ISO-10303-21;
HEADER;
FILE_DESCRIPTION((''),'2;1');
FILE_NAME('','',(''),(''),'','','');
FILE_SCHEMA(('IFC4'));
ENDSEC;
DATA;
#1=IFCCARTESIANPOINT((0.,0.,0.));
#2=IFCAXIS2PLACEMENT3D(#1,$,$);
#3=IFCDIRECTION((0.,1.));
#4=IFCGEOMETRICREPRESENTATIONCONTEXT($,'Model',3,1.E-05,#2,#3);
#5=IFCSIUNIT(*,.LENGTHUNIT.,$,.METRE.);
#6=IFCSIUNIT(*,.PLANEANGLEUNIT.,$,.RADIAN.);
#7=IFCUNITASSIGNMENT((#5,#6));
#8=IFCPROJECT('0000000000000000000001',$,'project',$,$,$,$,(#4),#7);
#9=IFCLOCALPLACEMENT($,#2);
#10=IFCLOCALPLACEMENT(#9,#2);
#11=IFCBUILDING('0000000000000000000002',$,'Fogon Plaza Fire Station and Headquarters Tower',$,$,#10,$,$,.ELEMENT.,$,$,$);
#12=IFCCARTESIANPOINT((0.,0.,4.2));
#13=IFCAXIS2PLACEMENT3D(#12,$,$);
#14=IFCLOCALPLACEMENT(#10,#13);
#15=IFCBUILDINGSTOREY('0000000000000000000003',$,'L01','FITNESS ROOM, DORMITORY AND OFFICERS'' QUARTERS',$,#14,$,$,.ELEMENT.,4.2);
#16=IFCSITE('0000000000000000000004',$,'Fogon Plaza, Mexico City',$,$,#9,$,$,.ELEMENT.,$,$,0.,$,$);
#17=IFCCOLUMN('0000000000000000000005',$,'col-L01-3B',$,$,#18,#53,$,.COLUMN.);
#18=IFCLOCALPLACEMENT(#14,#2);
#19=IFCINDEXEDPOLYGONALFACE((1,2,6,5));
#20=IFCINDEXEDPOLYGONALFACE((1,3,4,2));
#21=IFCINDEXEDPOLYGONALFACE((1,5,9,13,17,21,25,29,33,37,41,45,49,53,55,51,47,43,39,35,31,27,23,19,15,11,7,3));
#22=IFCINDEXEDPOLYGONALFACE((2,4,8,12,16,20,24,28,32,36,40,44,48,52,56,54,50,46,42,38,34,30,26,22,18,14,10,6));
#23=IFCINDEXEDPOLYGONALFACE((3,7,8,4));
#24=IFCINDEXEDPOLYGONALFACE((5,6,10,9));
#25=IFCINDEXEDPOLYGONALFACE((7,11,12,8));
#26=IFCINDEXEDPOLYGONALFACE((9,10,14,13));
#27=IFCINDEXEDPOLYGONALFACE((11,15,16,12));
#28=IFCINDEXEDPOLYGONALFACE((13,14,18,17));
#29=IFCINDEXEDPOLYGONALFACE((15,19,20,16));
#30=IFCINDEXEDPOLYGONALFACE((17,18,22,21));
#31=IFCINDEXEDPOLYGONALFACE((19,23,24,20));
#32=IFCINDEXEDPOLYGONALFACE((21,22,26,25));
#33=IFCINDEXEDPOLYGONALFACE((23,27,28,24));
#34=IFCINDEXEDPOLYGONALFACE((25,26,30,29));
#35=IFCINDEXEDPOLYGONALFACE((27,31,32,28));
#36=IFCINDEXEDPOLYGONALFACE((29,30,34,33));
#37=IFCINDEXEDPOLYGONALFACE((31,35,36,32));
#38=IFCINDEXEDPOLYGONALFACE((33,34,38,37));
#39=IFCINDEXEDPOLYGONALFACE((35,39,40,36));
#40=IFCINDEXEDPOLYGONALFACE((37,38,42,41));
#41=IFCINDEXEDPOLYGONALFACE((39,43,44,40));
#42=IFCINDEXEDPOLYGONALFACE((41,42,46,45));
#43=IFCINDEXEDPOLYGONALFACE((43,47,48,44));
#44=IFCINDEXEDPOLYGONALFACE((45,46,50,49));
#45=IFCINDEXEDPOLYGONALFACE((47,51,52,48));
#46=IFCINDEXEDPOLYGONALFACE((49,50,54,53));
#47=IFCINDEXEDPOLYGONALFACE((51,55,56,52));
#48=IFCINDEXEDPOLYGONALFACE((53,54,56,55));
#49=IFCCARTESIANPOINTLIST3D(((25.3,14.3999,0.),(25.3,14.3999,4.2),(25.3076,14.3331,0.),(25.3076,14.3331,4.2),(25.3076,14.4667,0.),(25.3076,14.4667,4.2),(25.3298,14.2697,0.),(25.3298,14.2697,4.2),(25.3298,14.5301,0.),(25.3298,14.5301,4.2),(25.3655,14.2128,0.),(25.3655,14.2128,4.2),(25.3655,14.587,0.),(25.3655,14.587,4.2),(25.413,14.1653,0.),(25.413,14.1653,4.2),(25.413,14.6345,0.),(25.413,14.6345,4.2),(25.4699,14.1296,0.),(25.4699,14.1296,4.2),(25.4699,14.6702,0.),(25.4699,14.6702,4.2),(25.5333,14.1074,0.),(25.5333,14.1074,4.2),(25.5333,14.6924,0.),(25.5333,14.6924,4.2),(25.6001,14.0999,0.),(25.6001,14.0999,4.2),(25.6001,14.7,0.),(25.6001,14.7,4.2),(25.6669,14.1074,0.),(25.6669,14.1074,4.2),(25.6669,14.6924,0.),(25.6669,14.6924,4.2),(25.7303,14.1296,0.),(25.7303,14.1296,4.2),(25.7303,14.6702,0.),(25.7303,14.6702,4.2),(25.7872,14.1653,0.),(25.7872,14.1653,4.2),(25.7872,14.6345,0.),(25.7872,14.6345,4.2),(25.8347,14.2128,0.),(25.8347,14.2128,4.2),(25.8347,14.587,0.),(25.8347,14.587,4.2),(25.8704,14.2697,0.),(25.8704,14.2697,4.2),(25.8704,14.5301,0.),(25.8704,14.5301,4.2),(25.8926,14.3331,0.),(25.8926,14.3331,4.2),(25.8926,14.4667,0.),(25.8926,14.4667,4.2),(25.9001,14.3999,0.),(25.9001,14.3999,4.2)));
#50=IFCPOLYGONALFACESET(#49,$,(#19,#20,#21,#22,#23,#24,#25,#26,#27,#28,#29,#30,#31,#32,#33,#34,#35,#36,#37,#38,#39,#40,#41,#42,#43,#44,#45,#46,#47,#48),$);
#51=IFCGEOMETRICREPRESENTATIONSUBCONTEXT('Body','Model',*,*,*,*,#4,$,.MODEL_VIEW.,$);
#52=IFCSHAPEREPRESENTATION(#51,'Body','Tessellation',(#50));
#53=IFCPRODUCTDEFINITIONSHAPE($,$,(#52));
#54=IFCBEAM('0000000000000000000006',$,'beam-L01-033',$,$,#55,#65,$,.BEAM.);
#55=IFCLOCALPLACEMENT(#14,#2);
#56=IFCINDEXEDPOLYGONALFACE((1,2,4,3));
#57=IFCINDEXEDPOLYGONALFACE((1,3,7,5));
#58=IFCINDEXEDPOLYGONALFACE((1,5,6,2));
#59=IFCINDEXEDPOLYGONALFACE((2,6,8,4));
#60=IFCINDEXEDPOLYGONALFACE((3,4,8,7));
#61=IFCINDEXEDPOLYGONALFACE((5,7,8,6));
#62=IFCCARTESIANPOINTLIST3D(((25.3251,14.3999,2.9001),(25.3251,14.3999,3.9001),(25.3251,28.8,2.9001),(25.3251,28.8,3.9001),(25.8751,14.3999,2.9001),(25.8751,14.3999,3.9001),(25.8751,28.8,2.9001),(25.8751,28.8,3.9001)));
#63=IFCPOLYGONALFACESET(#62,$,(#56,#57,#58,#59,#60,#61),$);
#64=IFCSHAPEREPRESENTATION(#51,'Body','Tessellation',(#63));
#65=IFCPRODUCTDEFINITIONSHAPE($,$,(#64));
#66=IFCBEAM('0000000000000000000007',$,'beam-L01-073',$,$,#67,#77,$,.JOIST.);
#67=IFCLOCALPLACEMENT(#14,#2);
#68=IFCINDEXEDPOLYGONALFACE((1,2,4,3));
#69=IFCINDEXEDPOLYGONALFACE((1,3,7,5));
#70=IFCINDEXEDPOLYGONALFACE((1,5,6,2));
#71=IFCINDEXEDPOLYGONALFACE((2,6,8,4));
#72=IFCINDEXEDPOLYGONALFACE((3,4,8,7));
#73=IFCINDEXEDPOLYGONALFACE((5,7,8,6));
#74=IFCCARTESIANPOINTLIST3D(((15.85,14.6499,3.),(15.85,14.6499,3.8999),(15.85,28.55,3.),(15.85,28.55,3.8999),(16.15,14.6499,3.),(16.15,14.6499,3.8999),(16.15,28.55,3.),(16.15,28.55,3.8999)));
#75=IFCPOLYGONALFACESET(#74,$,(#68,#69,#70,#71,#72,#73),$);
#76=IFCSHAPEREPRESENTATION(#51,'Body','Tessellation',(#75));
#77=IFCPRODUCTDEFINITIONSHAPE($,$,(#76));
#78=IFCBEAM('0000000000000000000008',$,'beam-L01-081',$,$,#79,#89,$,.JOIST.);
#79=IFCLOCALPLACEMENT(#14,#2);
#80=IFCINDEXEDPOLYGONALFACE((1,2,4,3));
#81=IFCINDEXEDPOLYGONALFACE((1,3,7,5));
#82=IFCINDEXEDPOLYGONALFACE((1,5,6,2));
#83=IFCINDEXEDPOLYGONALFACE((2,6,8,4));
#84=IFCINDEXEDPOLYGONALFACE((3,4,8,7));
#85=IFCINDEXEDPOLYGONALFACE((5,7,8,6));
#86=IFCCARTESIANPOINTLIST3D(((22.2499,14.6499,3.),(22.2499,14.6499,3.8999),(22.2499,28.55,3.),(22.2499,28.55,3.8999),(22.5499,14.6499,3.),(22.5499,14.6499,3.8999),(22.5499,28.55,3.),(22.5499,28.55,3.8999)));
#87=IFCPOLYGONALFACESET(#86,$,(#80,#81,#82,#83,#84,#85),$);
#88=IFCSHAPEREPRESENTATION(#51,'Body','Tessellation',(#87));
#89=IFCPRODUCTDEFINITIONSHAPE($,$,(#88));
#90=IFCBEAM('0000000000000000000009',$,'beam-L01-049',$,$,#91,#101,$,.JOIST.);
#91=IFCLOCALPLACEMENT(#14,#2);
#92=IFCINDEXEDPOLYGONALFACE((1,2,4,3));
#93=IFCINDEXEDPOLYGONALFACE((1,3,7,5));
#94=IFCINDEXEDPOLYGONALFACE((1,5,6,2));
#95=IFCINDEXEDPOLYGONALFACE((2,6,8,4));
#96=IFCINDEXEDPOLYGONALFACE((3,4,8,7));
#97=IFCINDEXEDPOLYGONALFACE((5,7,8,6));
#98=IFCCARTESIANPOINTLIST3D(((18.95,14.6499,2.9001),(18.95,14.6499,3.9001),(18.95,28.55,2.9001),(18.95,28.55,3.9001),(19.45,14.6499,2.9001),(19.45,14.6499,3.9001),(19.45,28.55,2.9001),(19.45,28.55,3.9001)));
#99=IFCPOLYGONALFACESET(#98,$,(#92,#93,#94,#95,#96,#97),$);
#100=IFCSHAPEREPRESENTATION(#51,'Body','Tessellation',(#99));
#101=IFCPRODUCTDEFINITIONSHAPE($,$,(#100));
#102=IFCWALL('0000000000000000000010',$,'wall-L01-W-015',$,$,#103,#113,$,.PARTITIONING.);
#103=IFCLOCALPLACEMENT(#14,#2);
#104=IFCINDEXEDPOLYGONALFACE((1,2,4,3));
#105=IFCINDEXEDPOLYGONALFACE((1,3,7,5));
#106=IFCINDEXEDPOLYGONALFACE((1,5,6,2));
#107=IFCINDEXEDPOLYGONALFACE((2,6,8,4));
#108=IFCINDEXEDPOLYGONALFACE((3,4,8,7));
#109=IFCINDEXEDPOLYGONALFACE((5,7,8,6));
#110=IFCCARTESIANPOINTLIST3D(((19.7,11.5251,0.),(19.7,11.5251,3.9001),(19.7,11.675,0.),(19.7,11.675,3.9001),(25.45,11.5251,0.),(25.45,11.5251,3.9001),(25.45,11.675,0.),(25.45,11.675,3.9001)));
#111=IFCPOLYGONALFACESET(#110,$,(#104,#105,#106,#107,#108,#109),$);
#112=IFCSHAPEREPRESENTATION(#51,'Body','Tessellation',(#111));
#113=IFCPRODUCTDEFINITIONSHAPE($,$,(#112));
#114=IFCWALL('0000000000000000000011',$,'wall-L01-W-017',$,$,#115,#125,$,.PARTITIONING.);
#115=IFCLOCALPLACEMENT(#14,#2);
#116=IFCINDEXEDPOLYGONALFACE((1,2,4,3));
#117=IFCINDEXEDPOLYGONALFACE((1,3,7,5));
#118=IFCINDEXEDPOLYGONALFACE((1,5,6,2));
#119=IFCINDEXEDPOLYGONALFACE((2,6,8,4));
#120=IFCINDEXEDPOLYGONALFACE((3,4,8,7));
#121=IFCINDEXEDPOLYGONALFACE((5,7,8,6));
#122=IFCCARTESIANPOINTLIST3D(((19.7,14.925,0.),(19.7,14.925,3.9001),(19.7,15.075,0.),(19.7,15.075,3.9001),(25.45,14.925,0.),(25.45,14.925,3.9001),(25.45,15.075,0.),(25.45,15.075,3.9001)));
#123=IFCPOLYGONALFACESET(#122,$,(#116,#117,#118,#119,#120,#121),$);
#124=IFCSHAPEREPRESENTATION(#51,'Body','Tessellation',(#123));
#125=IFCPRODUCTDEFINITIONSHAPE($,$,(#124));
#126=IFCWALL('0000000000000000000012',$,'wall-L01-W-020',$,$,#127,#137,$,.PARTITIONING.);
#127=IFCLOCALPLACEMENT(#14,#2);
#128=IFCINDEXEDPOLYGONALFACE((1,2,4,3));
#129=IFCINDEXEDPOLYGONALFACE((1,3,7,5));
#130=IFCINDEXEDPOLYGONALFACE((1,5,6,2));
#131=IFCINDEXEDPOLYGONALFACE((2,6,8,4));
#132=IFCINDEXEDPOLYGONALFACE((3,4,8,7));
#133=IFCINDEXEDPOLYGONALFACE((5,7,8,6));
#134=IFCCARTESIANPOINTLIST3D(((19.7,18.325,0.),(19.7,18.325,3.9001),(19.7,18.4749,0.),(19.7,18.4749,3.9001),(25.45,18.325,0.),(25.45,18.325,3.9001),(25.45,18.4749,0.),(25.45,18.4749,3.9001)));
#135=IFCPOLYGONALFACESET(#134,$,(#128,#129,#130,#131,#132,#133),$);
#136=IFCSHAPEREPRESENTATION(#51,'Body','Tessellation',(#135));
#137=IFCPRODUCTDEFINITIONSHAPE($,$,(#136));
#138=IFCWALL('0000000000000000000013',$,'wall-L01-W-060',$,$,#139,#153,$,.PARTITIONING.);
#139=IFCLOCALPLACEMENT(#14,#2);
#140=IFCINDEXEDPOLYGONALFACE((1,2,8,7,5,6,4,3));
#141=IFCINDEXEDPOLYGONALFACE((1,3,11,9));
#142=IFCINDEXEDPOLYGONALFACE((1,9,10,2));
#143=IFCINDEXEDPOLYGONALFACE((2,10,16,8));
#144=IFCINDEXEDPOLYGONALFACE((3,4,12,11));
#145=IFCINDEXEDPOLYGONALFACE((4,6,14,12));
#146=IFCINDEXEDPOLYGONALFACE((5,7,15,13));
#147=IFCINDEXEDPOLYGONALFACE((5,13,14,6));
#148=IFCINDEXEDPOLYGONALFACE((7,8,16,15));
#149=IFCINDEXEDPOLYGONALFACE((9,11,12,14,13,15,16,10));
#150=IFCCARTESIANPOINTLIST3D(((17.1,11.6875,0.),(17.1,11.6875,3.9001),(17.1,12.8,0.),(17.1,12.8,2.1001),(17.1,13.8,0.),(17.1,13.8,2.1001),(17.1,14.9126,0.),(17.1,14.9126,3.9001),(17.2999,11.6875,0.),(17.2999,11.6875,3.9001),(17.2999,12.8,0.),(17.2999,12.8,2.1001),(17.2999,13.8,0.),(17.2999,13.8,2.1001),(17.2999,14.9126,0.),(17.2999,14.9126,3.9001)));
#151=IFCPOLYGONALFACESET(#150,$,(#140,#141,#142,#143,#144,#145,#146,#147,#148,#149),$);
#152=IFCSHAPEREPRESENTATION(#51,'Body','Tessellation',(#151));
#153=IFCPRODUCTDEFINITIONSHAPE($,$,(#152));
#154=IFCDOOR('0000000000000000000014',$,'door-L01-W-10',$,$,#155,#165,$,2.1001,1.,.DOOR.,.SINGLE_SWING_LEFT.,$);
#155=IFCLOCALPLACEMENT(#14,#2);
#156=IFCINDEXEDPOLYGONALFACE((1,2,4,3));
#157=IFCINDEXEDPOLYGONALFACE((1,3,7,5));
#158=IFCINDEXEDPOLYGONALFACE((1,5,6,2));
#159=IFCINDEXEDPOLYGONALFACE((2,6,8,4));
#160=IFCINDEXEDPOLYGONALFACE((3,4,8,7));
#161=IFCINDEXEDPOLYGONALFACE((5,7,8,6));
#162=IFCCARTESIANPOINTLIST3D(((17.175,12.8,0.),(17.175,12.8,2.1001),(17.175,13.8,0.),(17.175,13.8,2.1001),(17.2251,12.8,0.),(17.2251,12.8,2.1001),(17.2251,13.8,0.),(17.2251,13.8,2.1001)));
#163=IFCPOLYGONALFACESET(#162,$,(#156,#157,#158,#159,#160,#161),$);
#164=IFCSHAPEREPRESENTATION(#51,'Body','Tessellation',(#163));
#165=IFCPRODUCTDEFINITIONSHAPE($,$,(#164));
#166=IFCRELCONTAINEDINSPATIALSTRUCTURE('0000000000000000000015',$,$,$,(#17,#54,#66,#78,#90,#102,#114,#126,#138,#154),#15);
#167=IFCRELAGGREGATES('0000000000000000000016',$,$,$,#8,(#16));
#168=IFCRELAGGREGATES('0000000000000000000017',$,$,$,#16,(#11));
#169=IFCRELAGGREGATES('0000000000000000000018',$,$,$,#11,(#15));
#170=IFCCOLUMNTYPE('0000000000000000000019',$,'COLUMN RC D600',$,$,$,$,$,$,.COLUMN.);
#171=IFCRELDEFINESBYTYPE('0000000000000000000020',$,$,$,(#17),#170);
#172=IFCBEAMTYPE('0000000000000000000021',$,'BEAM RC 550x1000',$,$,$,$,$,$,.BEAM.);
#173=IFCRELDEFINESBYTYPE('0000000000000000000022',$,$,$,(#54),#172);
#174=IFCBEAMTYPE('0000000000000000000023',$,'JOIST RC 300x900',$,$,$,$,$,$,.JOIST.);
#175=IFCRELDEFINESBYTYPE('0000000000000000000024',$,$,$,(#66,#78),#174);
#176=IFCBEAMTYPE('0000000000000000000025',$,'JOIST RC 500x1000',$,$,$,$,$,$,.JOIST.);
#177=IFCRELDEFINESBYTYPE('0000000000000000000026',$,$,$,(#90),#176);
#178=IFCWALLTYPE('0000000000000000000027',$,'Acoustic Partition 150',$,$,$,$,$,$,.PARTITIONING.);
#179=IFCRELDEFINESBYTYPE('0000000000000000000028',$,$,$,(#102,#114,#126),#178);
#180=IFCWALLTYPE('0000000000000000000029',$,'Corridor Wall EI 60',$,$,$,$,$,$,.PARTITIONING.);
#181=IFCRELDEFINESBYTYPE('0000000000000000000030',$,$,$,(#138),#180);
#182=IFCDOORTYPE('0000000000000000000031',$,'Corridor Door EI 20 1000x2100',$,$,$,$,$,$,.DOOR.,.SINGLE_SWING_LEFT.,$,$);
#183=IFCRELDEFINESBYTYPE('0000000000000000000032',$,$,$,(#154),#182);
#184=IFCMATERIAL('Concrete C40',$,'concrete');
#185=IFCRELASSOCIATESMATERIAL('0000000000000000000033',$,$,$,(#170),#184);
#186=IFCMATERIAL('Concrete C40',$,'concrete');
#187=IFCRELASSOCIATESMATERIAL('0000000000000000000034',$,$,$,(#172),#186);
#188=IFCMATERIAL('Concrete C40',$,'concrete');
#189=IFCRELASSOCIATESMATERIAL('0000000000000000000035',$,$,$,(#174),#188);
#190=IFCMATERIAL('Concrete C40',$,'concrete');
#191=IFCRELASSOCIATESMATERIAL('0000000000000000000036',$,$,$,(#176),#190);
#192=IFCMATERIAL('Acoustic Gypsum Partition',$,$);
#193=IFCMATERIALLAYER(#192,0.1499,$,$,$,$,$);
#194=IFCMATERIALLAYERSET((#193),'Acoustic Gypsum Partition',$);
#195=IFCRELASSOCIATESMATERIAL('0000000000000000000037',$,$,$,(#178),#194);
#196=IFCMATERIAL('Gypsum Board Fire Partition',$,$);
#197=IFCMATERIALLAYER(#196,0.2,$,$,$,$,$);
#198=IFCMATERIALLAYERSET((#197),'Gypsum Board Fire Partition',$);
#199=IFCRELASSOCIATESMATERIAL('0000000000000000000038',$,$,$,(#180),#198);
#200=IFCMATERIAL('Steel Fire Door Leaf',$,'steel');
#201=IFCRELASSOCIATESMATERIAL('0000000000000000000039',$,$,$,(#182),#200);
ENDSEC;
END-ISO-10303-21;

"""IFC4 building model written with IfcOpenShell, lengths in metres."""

from ifc_helpers import new_model, si_unit, direction, frame, frame_2d, origin, origin_2d, place, context, subcontext, project, spatial, rectangle, circle, extrude, material, layer, layer_set, material_profile, profile_set, type_object, element, fill, save


model = new_model("IFC4")

# Units and contexts
model_context = context("Model", 3, precision=1e-05, world=origin(), true_north=direction((0.0, 1.0)))
body_context = subcontext(model_context, "Body", "Model", "MODEL_VIEW")
ifc_project = project(units=[si_unit("LENGTHUNIT", "METRE"), si_unit("PLANEANGLEUNIT", "RADIAN")], contexts=[model_context])

# Site, building, storey
site_placement = place(None, origin())
site = spatial("IfcSite", under=ifc_project, at=site_placement, Name="Fogon Plaza, Mexico City", CompositionType="ELEMENT", RefElevation=0.0)
building_placement = place(site_placement, origin())
building = spatial("IfcBuilding", under=site, at=building_placement, Name="Fogon Plaza Fire Station and Headquarters Tower", CompositionType="ELEMENT")
storey_placement = place(building_placement, frame((0.0, 0.0, 4.2)))
storey = spatial("IfcBuildingStorey", under=building, at=storey_placement, Name="L01", Description="FITNESS ROOM, DORMITORY AND OFFICERS' QUARTERS", CompositionType="ELEMENT", Elevation=4.2)

# Column
ifc_material_1 = material(Name="Concrete C40", Category="concrete")
ifc_material_profile_1 = material_profile(ifc_material_1, circle(Radius=0.3, at=origin_2d()), Name="RC D600")
ifc_profile_set_1 = profile_set([ifc_material_profile_1], Name="Concrete C40")
column_type = type_object("IfcColumnType", Name="COLUMN RC D600", PredefinedType="COLUMN", material=ifc_profile_set_1)
column_placement = place(storey_placement, frame((25.6001, 14.3999, 0.0), z_axis=(0.0, 0.0, 1.0), x_axis=(1.0, 0.0, 0.0)))
element("IfcColumn", 1, at=column_placement, inside=storey, type_object=column_type, Name="col-L01-3B", PredefinedType="COLUMN", context=body_context, shape_type="SweptSolid", body=[
    extrude(circle(Radius=0.3, at=origin_2d()), origin(), (0.0, 0.0, 1.0), 4.2),
])

# Beams
ifc_material_2 = material(Name="Concrete C40", Category="concrete")
ifc_material_profile_2 = material_profile(ifc_material_2, rectangle(XDim=0.55, YDim=1.0, at=origin_2d()), Name="RC 550x1000")
ifc_profile_set_2 = profile_set([ifc_material_profile_2], Name="Concrete C40")
beam_type_1 = type_object("IfcBeamType", Name="BEAM RC 550x1000", PredefinedType="BEAM", material=ifc_profile_set_2)
beam_1_placement = place(storey_placement, frame((25.6001, 14.3999, 3.4001), z_axis=(0.0, 1.0, 0.0), x_axis=(-1.0, 0.0, 0.0)))
element("IfcBeam", 2, at=beam_1_placement, inside=storey, type_object=beam_type_1, Name="beam-L01-033", PredefinedType="BEAM", context=body_context, shape_type="SweptSolid", body=[
    extrude(rectangle(XDim=0.55, YDim=1.0, at=origin_2d()), origin(), (0.0, 0.0, 1.0), 14.4001),
])
ifc_material_3 = material(Name="Concrete C40", Category="concrete")
ifc_material_profile_3 = material_profile(ifc_material_3, rectangle(XDim=0.3, YDim=0.8999, at=origin_2d()), Name="RC 300x900")
ifc_profile_set_3 = profile_set([ifc_material_profile_3], Name="Concrete C40")
beam_type_2 = type_object("IfcBeamType", Name="JOIST RC 300x900", PredefinedType="JOIST", material=ifc_profile_set_3)
for number, where, z_axis, x_axis, name in (
    (3, (16.0, 14.6499, 3.45), (0.0, 1.0, 0.0), (-1.0, 0.0, 0.0), "beam-L01-073"),
    (4, (22.3999, 14.6499, 3.45), (0.0, 1.0, 0.0), (-1.0, 0.0, 0.0), "beam-L01-081"),
):
    element("IfcBeam", number, at=place(storey_placement, frame(where, z_axis=z_axis, x_axis=x_axis)), inside=storey, type_object=beam_type_2, Name=name, PredefinedType="JOIST", context=body_context, shape_type="SweptSolid", body=[
        extrude(rectangle(XDim=0.3, YDim=0.8999, at=origin_2d()), origin(), (0.0, 0.0, 1.0), 13.9001),
    ])
ifc_material_4 = material(Name="Concrete C40", Category="concrete")
ifc_material_profile_4 = material_profile(ifc_material_4, rectangle(XDim=0.5, YDim=1.0, at=origin_2d()), Name="RC 500x1000")
ifc_profile_set_4 = profile_set([ifc_material_profile_4], Name="Concrete C40")
beam_type_3 = type_object("IfcBeamType", Name="JOIST RC 500x1000", PredefinedType="JOIST", material=ifc_profile_set_4)
beam_2_placement = place(storey_placement, frame((19.2, 14.6499, 3.4001), z_axis=(0.0, 1.0, 0.0), x_axis=(-1.0, 0.0, 0.0)))
element("IfcBeam", 5, at=beam_2_placement, inside=storey, type_object=beam_type_3, Name="beam-L01-049", PredefinedType="JOIST", context=body_context, shape_type="SweptSolid", body=[
    extrude(rectangle(XDim=0.5, YDim=1.0, at=origin_2d()), origin(), (0.0, 0.0, 1.0), 13.9001),
])

# Walls
ifc_material_5 = material(Name="Acoustic Gypsum Partition")
ifc_layer_1 = layer(ifc_material_5, 0.1499)
ifc_layer_set_1 = layer_set([ifc_layer_1], Name="Acoustic Gypsum Partition")
wall_type_1 = type_object("IfcWallType", Name="Acoustic Partition 150", PredefinedType="PARTITIONING", material=ifc_layer_set_1)
for number, where, z_axis, x_axis, name in (
    (6, (19.7, 11.6001, 0.0), (0.0, 0.0, 1.0), (1.0, 0.0, 0.0), "wall-L01-W-015"),
    (7, (19.7, 15.0, 0.0), (0.0, 0.0, 1.0), (1.0, 0.0, 0.0), "wall-L01-W-017"),
    (8, (19.7, 18.3999, 0.0), (0.0, 0.0, 1.0), (1.0, 0.0, 0.0), "wall-L01-W-020"),
):
    element("IfcWall", number, at=place(storey_placement, frame(where, z_axis=z_axis, x_axis=x_axis)), inside=storey, type_object=wall_type_1, Name=name, PredefinedType="PARTITIONING", context=body_context, shape_type="SweptSolid", body=[
        extrude(rectangle(XDim=5.75, YDim=0.1499, at=frame_2d((2.875, 0.0))), origin(), (0.0, 0.0, 1.0), 3.9001),
    ])

# Wall, opening, door
ifc_material_6 = material(Name="Gypsum Board Fire Partition")
ifc_layer_2 = layer(ifc_material_6, 0.2)
ifc_layer_set_2 = layer_set([ifc_layer_2], Name="Gypsum Board Fire Partition")
wall_type_2 = type_object("IfcWallType", Name="Corridor Wall EI 60", PredefinedType="PARTITIONING", material=ifc_layer_set_2)
wall_1_placement = place(storey_placement, frame((17.2, 11.6875, 0.0), z_axis=(0.0, 0.0, 1.0), x_axis=(0.0, 1.0, 0.0)))
wall_1 = element("IfcWall", 9, at=wall_1_placement, inside=storey, type_object=wall_type_2, Name="wall-L01-W-060", PredefinedType="PARTITIONING", context=body_context, shape_type="SweptSolid", body=[
    extrude(rectangle(XDim=3.2251, YDim=0.2, at=frame_2d((1.6125, 0.0))), origin(), (0.0, 0.0, 1.0), 3.9001),
])
opening_1_placement = place(wall_1_placement, frame((1.1125, 0.0, 0.0)))
opening_1 = element("IfcOpeningElement", 10, at=opening_1_placement, cuts=wall_1, PredefinedType="OPENING", context=body_context, shape_type="SweptSolid", body=[
    extrude(rectangle(XDim=1.0, YDim=2.1001, at=frame_2d((0.5, 1.05))), frame((0.0, 0.1099, 0.0), z_axis=(0.0, -1.0, 0.0), x_axis=(1.0, 0.0, 0.0)), (0.0, 0.0, 1.0), 0.22),
])
ifc_material_7 = material(Name="Steel Fire Door Leaf", Category="steel")
door_type = type_object("IfcDoorType", Name="Corridor Door EI 20 1000x2100", OperationType="SINGLE_SWING_LEFT", PredefinedType="DOOR", material=ifc_material_7)
door_1_placement = place(opening_1_placement, origin())
door_1 = element("IfcDoor", 11, at=door_1_placement, inside=storey, type_object=door_type, Name="door-L01-W-10", OperationType="SINGLE_SWING_LEFT", OverallHeight=2.1001, OverallWidth=1.0, PredefinedType="DOOR", context=body_context, shape_type="SweptSolid", body=[
    extrude(rectangle(XDim=1.0, YDim=2.1001, at=frame_2d((0.5, 1.05))), frame((0.0, 0.0249, 0.0), z_axis=(0.0, -1.0, 0.0), x_axis=(1.0, 0.0, 0.0)), (0.0, 0.0, 1.0), 0.05),
])
fill(opening_1, door_1)

save(model, "model.ifc")
